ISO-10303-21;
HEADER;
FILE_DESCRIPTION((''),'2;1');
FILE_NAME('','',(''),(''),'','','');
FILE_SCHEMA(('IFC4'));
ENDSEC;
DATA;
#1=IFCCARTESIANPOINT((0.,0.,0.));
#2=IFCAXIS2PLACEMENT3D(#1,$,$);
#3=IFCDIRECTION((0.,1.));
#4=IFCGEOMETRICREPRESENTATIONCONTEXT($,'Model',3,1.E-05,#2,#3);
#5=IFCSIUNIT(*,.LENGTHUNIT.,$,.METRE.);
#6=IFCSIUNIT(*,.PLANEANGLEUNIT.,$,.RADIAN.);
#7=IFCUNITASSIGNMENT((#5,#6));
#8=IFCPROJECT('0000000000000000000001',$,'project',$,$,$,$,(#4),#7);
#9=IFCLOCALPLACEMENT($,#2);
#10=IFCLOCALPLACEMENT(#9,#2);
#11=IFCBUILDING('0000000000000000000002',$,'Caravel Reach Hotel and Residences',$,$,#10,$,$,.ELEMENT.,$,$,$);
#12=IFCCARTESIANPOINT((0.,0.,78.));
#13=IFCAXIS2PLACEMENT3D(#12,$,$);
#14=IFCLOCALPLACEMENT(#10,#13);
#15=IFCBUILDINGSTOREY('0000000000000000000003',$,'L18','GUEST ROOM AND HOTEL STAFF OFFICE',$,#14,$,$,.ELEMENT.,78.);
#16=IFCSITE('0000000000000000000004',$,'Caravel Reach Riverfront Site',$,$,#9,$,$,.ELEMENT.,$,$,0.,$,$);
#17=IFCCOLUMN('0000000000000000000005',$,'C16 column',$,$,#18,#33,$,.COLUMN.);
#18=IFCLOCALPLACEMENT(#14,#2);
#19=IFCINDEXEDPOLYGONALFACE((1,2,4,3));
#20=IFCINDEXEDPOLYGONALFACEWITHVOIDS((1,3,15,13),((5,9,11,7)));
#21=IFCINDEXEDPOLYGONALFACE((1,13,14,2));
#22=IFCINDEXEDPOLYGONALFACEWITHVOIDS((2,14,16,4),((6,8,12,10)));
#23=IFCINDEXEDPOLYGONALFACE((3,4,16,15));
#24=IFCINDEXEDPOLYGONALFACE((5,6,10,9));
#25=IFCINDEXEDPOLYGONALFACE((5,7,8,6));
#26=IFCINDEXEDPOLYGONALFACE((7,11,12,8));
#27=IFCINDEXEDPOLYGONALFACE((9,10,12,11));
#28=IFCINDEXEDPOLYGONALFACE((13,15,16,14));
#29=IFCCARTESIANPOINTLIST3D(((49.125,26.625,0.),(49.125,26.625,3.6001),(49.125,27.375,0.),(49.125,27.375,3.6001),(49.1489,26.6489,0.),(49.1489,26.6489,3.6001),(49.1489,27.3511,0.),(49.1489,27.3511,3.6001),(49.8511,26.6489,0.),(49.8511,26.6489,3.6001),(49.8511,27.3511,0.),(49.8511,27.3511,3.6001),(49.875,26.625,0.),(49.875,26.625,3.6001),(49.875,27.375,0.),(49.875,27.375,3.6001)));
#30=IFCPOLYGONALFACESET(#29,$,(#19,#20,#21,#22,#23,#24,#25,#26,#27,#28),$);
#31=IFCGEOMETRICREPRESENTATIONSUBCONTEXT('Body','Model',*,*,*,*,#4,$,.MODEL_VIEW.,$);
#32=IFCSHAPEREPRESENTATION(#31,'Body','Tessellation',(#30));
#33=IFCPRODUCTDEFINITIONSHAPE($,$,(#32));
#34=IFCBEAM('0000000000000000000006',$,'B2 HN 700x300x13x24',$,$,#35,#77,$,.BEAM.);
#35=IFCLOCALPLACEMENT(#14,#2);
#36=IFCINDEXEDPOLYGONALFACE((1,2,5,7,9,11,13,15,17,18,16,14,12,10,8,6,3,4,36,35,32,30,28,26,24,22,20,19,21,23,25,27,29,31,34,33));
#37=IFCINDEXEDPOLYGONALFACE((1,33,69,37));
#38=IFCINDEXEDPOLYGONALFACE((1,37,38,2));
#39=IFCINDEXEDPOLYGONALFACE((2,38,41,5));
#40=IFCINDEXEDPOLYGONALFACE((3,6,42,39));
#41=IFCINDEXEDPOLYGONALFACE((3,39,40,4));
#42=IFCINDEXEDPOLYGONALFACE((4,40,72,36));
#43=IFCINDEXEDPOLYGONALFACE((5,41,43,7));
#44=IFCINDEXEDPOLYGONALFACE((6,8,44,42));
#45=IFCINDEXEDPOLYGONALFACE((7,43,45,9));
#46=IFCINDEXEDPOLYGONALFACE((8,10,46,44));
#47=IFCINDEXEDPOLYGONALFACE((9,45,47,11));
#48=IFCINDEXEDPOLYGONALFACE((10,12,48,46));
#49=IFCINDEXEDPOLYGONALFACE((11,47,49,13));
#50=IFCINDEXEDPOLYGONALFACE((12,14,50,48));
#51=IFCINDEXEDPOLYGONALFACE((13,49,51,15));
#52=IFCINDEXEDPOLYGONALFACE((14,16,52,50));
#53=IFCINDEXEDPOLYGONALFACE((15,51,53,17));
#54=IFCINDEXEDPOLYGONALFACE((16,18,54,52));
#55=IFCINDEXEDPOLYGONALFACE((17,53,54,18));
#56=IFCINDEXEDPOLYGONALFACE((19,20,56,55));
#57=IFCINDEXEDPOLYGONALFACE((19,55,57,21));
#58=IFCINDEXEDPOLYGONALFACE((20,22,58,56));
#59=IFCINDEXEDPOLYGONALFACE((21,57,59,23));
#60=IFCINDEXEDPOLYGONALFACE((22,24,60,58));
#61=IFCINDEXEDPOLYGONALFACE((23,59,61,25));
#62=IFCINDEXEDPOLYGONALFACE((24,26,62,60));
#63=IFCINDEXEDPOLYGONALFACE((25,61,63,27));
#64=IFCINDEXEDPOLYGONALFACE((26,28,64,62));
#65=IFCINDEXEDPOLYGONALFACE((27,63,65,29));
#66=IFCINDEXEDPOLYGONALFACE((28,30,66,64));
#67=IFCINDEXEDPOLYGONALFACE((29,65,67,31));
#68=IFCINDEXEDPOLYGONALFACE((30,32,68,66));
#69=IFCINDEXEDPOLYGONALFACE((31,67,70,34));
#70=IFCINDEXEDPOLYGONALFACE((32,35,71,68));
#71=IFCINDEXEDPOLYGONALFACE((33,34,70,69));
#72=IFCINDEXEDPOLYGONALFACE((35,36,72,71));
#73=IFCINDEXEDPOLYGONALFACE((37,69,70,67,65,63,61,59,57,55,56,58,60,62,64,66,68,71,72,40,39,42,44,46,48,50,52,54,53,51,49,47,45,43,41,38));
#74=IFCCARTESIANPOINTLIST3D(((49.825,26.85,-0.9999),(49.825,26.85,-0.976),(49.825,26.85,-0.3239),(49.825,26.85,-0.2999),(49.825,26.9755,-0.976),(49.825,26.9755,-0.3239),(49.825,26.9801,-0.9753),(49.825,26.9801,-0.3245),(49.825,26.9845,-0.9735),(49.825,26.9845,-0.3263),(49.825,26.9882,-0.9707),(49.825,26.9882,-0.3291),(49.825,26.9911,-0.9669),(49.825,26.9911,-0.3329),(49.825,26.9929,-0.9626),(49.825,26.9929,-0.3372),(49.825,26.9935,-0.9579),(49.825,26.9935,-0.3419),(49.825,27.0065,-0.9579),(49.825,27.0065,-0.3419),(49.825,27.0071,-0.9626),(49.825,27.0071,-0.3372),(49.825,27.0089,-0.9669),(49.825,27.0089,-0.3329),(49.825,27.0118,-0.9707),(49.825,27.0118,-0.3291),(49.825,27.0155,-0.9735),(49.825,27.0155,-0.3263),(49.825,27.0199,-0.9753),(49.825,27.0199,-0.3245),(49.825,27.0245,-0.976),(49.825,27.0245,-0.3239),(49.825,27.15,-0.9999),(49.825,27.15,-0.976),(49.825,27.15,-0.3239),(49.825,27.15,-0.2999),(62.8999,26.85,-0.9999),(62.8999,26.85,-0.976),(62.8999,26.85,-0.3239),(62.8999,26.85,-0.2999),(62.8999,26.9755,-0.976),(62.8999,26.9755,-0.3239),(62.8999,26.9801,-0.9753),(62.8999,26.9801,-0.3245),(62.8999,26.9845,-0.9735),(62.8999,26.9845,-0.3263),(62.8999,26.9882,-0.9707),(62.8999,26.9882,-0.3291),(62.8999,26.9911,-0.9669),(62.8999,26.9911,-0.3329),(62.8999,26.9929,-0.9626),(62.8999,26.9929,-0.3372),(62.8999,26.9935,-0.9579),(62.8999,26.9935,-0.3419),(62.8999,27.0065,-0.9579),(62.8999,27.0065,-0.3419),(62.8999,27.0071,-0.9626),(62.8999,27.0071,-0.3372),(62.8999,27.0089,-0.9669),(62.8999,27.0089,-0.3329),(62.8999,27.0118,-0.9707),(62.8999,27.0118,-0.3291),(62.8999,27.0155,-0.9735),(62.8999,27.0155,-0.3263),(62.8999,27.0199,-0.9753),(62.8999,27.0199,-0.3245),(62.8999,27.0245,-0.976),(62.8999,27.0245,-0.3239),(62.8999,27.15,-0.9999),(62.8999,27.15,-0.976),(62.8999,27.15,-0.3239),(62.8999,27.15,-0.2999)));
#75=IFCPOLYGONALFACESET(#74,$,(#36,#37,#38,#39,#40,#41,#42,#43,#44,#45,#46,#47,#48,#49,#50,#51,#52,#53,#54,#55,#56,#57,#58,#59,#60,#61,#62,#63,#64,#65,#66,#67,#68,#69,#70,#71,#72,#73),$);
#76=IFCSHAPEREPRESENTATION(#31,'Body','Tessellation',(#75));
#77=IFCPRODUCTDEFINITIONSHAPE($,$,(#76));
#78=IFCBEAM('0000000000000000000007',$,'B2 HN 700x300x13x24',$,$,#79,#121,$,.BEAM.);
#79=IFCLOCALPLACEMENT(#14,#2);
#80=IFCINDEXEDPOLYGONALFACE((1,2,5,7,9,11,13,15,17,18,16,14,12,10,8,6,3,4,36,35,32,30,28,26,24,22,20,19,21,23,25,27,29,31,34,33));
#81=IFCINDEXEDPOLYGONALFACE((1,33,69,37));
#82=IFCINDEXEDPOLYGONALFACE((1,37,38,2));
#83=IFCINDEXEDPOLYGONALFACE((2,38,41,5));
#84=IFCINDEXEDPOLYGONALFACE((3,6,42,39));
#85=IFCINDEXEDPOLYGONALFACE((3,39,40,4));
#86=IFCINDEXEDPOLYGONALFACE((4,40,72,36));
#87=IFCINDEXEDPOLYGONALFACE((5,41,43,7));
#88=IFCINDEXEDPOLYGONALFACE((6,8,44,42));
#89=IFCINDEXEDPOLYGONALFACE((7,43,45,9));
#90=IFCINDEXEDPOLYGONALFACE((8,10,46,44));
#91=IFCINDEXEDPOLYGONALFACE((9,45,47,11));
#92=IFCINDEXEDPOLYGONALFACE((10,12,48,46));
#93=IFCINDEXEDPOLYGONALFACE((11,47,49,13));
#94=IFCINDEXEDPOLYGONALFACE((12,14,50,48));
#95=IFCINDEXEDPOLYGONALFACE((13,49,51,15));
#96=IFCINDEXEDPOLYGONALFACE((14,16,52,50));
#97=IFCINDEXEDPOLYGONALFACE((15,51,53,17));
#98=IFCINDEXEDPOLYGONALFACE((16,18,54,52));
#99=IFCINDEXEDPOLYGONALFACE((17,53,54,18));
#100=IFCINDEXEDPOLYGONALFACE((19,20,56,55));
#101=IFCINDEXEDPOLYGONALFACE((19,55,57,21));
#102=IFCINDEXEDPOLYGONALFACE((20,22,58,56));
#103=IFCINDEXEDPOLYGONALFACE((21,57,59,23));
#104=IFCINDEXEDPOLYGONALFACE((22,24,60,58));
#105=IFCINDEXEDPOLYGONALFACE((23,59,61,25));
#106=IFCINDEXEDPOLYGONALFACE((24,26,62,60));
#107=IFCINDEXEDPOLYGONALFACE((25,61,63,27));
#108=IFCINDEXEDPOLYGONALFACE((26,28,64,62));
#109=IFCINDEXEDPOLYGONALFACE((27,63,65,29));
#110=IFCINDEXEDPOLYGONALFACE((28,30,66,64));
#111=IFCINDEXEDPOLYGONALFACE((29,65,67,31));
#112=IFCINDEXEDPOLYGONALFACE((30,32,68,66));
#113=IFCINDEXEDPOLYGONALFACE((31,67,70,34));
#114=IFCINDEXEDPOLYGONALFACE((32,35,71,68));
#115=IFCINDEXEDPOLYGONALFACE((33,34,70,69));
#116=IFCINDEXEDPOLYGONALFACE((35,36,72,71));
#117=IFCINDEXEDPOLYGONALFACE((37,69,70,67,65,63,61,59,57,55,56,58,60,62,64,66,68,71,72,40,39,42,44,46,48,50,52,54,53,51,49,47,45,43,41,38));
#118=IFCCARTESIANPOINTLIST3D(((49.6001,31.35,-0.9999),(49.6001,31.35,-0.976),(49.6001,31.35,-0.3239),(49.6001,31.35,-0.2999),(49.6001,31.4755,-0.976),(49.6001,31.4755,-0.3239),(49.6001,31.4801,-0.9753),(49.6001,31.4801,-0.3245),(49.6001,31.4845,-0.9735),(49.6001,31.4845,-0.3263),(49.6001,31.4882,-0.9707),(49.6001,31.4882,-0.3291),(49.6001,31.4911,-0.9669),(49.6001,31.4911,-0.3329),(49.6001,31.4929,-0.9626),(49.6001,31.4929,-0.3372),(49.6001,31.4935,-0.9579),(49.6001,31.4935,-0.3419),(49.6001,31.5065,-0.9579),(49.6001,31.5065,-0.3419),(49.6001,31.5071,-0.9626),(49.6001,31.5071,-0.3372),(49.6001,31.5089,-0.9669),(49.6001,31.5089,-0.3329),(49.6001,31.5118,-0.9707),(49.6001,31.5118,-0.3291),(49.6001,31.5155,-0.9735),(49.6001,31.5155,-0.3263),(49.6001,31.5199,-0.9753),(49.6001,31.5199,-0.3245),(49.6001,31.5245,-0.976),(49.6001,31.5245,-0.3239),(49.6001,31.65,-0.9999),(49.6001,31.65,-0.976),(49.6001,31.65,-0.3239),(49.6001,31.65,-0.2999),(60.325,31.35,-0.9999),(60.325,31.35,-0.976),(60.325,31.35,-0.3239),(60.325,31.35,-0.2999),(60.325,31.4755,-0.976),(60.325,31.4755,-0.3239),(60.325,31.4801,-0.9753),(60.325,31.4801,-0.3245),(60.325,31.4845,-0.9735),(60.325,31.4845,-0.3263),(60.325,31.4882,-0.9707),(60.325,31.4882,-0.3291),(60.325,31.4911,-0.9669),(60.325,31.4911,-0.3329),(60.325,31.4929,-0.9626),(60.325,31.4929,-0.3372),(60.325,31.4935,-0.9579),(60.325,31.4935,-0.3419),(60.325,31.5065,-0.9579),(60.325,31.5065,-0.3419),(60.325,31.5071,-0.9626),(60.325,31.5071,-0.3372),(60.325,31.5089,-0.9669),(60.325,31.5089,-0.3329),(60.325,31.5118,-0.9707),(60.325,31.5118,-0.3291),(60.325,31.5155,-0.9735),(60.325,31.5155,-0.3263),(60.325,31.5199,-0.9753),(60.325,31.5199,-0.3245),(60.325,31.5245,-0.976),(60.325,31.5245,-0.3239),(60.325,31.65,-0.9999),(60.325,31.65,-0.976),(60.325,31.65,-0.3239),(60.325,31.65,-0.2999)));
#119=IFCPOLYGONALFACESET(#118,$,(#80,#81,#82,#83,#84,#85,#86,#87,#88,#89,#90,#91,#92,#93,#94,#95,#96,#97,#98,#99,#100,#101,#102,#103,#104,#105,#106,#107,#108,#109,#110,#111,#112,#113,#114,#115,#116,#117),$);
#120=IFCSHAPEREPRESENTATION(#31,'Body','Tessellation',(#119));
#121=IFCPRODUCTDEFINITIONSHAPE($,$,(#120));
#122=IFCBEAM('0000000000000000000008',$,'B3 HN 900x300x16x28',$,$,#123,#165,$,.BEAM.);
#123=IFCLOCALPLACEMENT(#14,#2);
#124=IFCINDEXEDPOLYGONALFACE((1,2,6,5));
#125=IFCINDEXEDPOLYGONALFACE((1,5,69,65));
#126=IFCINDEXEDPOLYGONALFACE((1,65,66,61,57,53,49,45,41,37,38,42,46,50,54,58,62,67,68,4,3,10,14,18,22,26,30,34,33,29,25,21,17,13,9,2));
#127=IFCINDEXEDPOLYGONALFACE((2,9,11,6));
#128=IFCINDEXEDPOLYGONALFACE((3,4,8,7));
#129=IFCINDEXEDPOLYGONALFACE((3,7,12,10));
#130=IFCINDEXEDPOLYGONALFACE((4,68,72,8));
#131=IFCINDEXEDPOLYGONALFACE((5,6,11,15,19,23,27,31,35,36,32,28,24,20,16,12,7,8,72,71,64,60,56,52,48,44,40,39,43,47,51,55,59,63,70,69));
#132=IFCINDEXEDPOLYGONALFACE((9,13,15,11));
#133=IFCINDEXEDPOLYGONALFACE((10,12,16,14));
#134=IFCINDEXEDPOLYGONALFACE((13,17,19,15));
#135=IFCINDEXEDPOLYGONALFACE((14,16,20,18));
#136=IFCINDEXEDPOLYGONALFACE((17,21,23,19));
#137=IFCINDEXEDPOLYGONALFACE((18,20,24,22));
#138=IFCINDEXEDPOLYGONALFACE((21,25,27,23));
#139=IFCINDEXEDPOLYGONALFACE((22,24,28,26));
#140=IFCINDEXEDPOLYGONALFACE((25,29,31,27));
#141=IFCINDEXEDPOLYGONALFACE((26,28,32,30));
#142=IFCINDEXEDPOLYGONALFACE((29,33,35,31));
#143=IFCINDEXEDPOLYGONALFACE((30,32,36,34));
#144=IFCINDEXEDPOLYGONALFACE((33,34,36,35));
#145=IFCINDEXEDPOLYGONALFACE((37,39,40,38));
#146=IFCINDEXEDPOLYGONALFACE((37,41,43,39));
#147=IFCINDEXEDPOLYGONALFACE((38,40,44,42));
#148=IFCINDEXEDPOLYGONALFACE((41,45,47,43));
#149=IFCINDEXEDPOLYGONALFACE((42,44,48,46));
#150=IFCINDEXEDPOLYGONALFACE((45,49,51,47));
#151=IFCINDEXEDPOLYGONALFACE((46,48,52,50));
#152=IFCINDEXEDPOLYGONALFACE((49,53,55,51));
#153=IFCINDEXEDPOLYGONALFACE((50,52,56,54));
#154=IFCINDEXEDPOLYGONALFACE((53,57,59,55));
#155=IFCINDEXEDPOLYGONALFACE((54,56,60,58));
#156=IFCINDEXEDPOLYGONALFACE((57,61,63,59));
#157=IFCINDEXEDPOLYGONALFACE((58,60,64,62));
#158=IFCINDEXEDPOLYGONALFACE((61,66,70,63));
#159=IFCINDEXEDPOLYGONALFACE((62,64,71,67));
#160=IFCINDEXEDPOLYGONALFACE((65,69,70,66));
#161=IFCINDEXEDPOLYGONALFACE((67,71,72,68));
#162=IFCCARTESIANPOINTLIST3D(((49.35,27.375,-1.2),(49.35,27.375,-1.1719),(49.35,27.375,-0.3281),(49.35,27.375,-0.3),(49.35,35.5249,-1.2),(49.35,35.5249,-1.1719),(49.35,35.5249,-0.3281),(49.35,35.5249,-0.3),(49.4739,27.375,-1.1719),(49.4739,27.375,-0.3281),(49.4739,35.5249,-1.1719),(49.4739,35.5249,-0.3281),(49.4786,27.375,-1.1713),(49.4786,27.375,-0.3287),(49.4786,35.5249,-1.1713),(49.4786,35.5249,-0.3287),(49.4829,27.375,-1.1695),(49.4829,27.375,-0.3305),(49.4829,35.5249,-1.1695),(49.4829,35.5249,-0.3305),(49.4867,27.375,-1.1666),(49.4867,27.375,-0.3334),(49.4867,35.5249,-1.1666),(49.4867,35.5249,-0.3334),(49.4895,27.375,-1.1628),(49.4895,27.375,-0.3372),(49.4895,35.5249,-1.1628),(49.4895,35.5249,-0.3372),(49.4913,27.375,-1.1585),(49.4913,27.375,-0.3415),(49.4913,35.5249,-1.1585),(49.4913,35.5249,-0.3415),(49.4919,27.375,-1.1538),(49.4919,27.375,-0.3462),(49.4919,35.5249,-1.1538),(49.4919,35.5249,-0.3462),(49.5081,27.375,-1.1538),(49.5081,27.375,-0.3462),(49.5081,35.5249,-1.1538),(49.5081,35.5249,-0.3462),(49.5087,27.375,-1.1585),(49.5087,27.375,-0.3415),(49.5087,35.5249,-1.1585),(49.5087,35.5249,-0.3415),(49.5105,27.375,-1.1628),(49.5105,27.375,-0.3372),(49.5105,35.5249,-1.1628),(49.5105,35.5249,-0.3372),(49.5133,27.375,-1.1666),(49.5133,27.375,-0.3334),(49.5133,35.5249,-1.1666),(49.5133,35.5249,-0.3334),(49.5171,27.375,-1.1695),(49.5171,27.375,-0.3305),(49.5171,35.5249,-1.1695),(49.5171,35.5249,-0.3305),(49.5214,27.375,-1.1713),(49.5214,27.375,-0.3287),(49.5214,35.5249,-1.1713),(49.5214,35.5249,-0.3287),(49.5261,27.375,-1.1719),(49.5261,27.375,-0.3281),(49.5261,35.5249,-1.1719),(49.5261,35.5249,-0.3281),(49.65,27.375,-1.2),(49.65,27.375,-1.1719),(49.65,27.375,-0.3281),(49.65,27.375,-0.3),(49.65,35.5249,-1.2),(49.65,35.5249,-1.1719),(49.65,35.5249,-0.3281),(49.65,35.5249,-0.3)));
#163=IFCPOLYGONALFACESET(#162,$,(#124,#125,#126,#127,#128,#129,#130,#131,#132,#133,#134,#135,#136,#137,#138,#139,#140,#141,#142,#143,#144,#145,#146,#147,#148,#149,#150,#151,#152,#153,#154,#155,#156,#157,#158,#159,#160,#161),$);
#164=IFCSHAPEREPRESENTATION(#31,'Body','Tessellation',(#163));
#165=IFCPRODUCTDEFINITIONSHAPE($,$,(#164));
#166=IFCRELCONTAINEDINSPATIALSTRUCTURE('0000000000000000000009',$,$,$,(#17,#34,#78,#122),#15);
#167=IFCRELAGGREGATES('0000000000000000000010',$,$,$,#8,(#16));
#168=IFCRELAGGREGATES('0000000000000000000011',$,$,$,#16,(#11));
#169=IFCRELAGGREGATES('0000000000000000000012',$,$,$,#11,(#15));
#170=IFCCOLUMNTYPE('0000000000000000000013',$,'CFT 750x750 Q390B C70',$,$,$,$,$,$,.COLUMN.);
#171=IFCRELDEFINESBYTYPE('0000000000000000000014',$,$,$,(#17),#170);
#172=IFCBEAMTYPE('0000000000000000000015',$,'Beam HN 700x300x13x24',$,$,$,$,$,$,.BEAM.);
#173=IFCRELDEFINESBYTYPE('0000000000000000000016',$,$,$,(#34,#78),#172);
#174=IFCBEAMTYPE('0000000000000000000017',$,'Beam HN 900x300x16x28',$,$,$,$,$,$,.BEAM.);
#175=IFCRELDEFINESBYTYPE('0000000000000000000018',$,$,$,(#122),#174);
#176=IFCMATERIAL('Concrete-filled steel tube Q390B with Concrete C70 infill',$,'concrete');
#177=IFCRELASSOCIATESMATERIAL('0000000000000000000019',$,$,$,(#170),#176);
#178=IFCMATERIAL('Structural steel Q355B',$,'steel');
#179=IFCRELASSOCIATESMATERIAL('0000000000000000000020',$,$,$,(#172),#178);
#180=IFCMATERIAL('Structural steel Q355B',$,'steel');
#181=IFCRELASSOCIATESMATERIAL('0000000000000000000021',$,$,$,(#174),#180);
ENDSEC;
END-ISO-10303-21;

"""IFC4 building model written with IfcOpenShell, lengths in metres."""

from ifc_helpers import new_model, si_unit, direction, frame, origin, origin_2d, place, context, subcontext, project, spatial, hollow_rectangle, i_section, extrude, material, material_profile, profile_set, type_object, element, save


model = new_model("IFC4")

# Units and contexts
model_context = context("Model", 3, precision=1e-05, world=origin(), true_north=direction((0.0, 1.0)))
body_context = subcontext(model_context, "Body", "Model", "MODEL_VIEW")
ifc_project = project(units=[si_unit("LENGTHUNIT", "METRE"), si_unit("PLANEANGLEUNIT", "RADIAN")], contexts=[model_context])

# Site, building, storey
site_placement = place(None, origin())
site = spatial("IfcSite", under=ifc_project, at=site_placement, Name="Caravel Reach Riverfront Site", CompositionType="ELEMENT", RefElevation=0.0)
building_placement = place(site_placement, origin())
building = spatial("IfcBuilding", under=site, at=building_placement, Name="Caravel Reach Hotel and Residences", CompositionType="ELEMENT")
storey_placement = place(building_placement, frame((0.0, 0.0, 78.0)))
storey = spatial("IfcBuildingStorey", under=building, at=storey_placement, Name="L18", Description="GUEST ROOM AND HOTEL STAFF OFFICE", CompositionType="ELEMENT", Elevation=78.0)

# Column
ifc_material_1 = material(Name="Concrete-filled steel tube Q390B with Concrete C70 infill", Category="concrete")
ifc_material_profile_1 = material_profile(ifc_material_1, hollow_rectangle(XDim=0.75, YDim=0.75, WallThickness=0.0239, at=origin_2d()), Name="RHS 750x750x24")
ifc_profile_set_1 = profile_set([ifc_material_profile_1], Name="Concrete-filled steel tube Q390B with Concrete C70 infill")
column_type = type_object("IfcColumnType", Name="CFT 750x750 Q390B C70", PredefinedType="COLUMN", material=ifc_profile_set_1)
column_placement = place(storey_placement, frame((49.5, 27.0, 0.0), z_axis=(0.0, 0.0, 1.0), x_axis=(1.0, 0.0, 0.0)))
element("IfcColumn", 1, at=column_placement, inside=storey, type_object=column_type, Name="C16 column", PredefinedType="COLUMN", context=body_context, shape_type="SweptSolid", body=[
    extrude(hollow_rectangle(XDim=0.75, YDim=0.75, WallThickness=0.0239, at=origin_2d()), origin(), (0.0, 0.0, 1.0), 3.6001),
])

# Beams
ifc_material_2 = material(Name="Structural steel Q355B", Category="steel")
ifc_material_profile_2 = material_profile(ifc_material_2, i_section(OverallWidth=0.3, OverallDepth=0.7, WebThickness=0.0129, FlangeThickness=0.0239, FilletRadius=0.0181, at=origin_2d()), Name="HN 700x300x13x24")
ifc_profile_set_2 = profile_set([ifc_material_profile_2], Name="Structural steel Q355B")
beam_type_1 = type_object("IfcBeamType", Name="Beam HN 700x300x13x24", PredefinedType="BEAM", material=ifc_profile_set_2)
beam_1_placement = place(storey_placement, frame((49.825, 27.0, -0.6499), z_axis=(1.0, 0.0, 0.0), x_axis=(0.0, 1.0, 0.0)))
element("IfcBeam", 2, at=beam_1_placement, inside=storey, type_object=beam_type_1, Name="B2 HN 700x300x13x24", PredefinedType="BEAM", context=body_context, shape_type="SweptSolid", body=[
    extrude(i_section(OverallWidth=0.3, OverallDepth=0.7, WebThickness=0.0129, FlangeThickness=0.0239, FilletRadius=0.0181, at=origin_2d()), origin(), (0.0, 0.0, 1.0), 13.075),
])
beam_2_placement = place(storey_placement, frame((49.6001, 31.5, -0.6499), z_axis=(1.0, 0.0, 0.0), x_axis=(0.0, 1.0, 0.0)))
element("IfcBeam", 3, at=beam_2_placement, inside=storey, type_object=beam_type_1, Name="B2 HN 700x300x13x24", PredefinedType="BEAM", context=body_context, shape_type="SweptSolid", body=[
    extrude(i_section(OverallWidth=0.3, OverallDepth=0.7, WebThickness=0.0129, FlangeThickness=0.0239, FilletRadius=0.0181, at=origin_2d()), origin(), (0.0, 0.0, 1.0), 10.7249),
])
ifc_material_3 = material(Name="Structural steel Q355B", Category="steel")
ifc_material_profile_3 = material_profile(ifc_material_3, i_section(OverallWidth=0.3, OverallDepth=0.8999, WebThickness=0.0161, FlangeThickness=0.0281, FilletRadius=0.0181, at=origin_2d()), Name="HN 900x300x16x28")
ifc_profile_set_3 = profile_set([ifc_material_profile_3], Name="Structural steel Q355B")
beam_type_2 = type_object("IfcBeamType", Name="Beam HN 900x300x16x28", PredefinedType="BEAM", material=ifc_profile_set_3)
beam_3_placement = place(storey_placement, frame((49.5, 27.375, -0.75), z_axis=(0.0, 1.0, 0.0), x_axis=(-1.0, 0.0, 0.0)))
element("IfcBeam", 4, at=beam_3_placement, inside=storey, type_object=beam_type_2, Name="B3 HN 900x300x16x28", PredefinedType="BEAM", context=body_context, shape_type="SweptSolid", body=[
    extrude(i_section(OverallWidth=0.3, OverallDepth=0.8999, WebThickness=0.0161, FlangeThickness=0.0281, FilletRadius=0.0181, at=origin_2d()), origin(), (0.0, 0.0, 1.0), 8.1499),
])

save(model, "model.ifc")
